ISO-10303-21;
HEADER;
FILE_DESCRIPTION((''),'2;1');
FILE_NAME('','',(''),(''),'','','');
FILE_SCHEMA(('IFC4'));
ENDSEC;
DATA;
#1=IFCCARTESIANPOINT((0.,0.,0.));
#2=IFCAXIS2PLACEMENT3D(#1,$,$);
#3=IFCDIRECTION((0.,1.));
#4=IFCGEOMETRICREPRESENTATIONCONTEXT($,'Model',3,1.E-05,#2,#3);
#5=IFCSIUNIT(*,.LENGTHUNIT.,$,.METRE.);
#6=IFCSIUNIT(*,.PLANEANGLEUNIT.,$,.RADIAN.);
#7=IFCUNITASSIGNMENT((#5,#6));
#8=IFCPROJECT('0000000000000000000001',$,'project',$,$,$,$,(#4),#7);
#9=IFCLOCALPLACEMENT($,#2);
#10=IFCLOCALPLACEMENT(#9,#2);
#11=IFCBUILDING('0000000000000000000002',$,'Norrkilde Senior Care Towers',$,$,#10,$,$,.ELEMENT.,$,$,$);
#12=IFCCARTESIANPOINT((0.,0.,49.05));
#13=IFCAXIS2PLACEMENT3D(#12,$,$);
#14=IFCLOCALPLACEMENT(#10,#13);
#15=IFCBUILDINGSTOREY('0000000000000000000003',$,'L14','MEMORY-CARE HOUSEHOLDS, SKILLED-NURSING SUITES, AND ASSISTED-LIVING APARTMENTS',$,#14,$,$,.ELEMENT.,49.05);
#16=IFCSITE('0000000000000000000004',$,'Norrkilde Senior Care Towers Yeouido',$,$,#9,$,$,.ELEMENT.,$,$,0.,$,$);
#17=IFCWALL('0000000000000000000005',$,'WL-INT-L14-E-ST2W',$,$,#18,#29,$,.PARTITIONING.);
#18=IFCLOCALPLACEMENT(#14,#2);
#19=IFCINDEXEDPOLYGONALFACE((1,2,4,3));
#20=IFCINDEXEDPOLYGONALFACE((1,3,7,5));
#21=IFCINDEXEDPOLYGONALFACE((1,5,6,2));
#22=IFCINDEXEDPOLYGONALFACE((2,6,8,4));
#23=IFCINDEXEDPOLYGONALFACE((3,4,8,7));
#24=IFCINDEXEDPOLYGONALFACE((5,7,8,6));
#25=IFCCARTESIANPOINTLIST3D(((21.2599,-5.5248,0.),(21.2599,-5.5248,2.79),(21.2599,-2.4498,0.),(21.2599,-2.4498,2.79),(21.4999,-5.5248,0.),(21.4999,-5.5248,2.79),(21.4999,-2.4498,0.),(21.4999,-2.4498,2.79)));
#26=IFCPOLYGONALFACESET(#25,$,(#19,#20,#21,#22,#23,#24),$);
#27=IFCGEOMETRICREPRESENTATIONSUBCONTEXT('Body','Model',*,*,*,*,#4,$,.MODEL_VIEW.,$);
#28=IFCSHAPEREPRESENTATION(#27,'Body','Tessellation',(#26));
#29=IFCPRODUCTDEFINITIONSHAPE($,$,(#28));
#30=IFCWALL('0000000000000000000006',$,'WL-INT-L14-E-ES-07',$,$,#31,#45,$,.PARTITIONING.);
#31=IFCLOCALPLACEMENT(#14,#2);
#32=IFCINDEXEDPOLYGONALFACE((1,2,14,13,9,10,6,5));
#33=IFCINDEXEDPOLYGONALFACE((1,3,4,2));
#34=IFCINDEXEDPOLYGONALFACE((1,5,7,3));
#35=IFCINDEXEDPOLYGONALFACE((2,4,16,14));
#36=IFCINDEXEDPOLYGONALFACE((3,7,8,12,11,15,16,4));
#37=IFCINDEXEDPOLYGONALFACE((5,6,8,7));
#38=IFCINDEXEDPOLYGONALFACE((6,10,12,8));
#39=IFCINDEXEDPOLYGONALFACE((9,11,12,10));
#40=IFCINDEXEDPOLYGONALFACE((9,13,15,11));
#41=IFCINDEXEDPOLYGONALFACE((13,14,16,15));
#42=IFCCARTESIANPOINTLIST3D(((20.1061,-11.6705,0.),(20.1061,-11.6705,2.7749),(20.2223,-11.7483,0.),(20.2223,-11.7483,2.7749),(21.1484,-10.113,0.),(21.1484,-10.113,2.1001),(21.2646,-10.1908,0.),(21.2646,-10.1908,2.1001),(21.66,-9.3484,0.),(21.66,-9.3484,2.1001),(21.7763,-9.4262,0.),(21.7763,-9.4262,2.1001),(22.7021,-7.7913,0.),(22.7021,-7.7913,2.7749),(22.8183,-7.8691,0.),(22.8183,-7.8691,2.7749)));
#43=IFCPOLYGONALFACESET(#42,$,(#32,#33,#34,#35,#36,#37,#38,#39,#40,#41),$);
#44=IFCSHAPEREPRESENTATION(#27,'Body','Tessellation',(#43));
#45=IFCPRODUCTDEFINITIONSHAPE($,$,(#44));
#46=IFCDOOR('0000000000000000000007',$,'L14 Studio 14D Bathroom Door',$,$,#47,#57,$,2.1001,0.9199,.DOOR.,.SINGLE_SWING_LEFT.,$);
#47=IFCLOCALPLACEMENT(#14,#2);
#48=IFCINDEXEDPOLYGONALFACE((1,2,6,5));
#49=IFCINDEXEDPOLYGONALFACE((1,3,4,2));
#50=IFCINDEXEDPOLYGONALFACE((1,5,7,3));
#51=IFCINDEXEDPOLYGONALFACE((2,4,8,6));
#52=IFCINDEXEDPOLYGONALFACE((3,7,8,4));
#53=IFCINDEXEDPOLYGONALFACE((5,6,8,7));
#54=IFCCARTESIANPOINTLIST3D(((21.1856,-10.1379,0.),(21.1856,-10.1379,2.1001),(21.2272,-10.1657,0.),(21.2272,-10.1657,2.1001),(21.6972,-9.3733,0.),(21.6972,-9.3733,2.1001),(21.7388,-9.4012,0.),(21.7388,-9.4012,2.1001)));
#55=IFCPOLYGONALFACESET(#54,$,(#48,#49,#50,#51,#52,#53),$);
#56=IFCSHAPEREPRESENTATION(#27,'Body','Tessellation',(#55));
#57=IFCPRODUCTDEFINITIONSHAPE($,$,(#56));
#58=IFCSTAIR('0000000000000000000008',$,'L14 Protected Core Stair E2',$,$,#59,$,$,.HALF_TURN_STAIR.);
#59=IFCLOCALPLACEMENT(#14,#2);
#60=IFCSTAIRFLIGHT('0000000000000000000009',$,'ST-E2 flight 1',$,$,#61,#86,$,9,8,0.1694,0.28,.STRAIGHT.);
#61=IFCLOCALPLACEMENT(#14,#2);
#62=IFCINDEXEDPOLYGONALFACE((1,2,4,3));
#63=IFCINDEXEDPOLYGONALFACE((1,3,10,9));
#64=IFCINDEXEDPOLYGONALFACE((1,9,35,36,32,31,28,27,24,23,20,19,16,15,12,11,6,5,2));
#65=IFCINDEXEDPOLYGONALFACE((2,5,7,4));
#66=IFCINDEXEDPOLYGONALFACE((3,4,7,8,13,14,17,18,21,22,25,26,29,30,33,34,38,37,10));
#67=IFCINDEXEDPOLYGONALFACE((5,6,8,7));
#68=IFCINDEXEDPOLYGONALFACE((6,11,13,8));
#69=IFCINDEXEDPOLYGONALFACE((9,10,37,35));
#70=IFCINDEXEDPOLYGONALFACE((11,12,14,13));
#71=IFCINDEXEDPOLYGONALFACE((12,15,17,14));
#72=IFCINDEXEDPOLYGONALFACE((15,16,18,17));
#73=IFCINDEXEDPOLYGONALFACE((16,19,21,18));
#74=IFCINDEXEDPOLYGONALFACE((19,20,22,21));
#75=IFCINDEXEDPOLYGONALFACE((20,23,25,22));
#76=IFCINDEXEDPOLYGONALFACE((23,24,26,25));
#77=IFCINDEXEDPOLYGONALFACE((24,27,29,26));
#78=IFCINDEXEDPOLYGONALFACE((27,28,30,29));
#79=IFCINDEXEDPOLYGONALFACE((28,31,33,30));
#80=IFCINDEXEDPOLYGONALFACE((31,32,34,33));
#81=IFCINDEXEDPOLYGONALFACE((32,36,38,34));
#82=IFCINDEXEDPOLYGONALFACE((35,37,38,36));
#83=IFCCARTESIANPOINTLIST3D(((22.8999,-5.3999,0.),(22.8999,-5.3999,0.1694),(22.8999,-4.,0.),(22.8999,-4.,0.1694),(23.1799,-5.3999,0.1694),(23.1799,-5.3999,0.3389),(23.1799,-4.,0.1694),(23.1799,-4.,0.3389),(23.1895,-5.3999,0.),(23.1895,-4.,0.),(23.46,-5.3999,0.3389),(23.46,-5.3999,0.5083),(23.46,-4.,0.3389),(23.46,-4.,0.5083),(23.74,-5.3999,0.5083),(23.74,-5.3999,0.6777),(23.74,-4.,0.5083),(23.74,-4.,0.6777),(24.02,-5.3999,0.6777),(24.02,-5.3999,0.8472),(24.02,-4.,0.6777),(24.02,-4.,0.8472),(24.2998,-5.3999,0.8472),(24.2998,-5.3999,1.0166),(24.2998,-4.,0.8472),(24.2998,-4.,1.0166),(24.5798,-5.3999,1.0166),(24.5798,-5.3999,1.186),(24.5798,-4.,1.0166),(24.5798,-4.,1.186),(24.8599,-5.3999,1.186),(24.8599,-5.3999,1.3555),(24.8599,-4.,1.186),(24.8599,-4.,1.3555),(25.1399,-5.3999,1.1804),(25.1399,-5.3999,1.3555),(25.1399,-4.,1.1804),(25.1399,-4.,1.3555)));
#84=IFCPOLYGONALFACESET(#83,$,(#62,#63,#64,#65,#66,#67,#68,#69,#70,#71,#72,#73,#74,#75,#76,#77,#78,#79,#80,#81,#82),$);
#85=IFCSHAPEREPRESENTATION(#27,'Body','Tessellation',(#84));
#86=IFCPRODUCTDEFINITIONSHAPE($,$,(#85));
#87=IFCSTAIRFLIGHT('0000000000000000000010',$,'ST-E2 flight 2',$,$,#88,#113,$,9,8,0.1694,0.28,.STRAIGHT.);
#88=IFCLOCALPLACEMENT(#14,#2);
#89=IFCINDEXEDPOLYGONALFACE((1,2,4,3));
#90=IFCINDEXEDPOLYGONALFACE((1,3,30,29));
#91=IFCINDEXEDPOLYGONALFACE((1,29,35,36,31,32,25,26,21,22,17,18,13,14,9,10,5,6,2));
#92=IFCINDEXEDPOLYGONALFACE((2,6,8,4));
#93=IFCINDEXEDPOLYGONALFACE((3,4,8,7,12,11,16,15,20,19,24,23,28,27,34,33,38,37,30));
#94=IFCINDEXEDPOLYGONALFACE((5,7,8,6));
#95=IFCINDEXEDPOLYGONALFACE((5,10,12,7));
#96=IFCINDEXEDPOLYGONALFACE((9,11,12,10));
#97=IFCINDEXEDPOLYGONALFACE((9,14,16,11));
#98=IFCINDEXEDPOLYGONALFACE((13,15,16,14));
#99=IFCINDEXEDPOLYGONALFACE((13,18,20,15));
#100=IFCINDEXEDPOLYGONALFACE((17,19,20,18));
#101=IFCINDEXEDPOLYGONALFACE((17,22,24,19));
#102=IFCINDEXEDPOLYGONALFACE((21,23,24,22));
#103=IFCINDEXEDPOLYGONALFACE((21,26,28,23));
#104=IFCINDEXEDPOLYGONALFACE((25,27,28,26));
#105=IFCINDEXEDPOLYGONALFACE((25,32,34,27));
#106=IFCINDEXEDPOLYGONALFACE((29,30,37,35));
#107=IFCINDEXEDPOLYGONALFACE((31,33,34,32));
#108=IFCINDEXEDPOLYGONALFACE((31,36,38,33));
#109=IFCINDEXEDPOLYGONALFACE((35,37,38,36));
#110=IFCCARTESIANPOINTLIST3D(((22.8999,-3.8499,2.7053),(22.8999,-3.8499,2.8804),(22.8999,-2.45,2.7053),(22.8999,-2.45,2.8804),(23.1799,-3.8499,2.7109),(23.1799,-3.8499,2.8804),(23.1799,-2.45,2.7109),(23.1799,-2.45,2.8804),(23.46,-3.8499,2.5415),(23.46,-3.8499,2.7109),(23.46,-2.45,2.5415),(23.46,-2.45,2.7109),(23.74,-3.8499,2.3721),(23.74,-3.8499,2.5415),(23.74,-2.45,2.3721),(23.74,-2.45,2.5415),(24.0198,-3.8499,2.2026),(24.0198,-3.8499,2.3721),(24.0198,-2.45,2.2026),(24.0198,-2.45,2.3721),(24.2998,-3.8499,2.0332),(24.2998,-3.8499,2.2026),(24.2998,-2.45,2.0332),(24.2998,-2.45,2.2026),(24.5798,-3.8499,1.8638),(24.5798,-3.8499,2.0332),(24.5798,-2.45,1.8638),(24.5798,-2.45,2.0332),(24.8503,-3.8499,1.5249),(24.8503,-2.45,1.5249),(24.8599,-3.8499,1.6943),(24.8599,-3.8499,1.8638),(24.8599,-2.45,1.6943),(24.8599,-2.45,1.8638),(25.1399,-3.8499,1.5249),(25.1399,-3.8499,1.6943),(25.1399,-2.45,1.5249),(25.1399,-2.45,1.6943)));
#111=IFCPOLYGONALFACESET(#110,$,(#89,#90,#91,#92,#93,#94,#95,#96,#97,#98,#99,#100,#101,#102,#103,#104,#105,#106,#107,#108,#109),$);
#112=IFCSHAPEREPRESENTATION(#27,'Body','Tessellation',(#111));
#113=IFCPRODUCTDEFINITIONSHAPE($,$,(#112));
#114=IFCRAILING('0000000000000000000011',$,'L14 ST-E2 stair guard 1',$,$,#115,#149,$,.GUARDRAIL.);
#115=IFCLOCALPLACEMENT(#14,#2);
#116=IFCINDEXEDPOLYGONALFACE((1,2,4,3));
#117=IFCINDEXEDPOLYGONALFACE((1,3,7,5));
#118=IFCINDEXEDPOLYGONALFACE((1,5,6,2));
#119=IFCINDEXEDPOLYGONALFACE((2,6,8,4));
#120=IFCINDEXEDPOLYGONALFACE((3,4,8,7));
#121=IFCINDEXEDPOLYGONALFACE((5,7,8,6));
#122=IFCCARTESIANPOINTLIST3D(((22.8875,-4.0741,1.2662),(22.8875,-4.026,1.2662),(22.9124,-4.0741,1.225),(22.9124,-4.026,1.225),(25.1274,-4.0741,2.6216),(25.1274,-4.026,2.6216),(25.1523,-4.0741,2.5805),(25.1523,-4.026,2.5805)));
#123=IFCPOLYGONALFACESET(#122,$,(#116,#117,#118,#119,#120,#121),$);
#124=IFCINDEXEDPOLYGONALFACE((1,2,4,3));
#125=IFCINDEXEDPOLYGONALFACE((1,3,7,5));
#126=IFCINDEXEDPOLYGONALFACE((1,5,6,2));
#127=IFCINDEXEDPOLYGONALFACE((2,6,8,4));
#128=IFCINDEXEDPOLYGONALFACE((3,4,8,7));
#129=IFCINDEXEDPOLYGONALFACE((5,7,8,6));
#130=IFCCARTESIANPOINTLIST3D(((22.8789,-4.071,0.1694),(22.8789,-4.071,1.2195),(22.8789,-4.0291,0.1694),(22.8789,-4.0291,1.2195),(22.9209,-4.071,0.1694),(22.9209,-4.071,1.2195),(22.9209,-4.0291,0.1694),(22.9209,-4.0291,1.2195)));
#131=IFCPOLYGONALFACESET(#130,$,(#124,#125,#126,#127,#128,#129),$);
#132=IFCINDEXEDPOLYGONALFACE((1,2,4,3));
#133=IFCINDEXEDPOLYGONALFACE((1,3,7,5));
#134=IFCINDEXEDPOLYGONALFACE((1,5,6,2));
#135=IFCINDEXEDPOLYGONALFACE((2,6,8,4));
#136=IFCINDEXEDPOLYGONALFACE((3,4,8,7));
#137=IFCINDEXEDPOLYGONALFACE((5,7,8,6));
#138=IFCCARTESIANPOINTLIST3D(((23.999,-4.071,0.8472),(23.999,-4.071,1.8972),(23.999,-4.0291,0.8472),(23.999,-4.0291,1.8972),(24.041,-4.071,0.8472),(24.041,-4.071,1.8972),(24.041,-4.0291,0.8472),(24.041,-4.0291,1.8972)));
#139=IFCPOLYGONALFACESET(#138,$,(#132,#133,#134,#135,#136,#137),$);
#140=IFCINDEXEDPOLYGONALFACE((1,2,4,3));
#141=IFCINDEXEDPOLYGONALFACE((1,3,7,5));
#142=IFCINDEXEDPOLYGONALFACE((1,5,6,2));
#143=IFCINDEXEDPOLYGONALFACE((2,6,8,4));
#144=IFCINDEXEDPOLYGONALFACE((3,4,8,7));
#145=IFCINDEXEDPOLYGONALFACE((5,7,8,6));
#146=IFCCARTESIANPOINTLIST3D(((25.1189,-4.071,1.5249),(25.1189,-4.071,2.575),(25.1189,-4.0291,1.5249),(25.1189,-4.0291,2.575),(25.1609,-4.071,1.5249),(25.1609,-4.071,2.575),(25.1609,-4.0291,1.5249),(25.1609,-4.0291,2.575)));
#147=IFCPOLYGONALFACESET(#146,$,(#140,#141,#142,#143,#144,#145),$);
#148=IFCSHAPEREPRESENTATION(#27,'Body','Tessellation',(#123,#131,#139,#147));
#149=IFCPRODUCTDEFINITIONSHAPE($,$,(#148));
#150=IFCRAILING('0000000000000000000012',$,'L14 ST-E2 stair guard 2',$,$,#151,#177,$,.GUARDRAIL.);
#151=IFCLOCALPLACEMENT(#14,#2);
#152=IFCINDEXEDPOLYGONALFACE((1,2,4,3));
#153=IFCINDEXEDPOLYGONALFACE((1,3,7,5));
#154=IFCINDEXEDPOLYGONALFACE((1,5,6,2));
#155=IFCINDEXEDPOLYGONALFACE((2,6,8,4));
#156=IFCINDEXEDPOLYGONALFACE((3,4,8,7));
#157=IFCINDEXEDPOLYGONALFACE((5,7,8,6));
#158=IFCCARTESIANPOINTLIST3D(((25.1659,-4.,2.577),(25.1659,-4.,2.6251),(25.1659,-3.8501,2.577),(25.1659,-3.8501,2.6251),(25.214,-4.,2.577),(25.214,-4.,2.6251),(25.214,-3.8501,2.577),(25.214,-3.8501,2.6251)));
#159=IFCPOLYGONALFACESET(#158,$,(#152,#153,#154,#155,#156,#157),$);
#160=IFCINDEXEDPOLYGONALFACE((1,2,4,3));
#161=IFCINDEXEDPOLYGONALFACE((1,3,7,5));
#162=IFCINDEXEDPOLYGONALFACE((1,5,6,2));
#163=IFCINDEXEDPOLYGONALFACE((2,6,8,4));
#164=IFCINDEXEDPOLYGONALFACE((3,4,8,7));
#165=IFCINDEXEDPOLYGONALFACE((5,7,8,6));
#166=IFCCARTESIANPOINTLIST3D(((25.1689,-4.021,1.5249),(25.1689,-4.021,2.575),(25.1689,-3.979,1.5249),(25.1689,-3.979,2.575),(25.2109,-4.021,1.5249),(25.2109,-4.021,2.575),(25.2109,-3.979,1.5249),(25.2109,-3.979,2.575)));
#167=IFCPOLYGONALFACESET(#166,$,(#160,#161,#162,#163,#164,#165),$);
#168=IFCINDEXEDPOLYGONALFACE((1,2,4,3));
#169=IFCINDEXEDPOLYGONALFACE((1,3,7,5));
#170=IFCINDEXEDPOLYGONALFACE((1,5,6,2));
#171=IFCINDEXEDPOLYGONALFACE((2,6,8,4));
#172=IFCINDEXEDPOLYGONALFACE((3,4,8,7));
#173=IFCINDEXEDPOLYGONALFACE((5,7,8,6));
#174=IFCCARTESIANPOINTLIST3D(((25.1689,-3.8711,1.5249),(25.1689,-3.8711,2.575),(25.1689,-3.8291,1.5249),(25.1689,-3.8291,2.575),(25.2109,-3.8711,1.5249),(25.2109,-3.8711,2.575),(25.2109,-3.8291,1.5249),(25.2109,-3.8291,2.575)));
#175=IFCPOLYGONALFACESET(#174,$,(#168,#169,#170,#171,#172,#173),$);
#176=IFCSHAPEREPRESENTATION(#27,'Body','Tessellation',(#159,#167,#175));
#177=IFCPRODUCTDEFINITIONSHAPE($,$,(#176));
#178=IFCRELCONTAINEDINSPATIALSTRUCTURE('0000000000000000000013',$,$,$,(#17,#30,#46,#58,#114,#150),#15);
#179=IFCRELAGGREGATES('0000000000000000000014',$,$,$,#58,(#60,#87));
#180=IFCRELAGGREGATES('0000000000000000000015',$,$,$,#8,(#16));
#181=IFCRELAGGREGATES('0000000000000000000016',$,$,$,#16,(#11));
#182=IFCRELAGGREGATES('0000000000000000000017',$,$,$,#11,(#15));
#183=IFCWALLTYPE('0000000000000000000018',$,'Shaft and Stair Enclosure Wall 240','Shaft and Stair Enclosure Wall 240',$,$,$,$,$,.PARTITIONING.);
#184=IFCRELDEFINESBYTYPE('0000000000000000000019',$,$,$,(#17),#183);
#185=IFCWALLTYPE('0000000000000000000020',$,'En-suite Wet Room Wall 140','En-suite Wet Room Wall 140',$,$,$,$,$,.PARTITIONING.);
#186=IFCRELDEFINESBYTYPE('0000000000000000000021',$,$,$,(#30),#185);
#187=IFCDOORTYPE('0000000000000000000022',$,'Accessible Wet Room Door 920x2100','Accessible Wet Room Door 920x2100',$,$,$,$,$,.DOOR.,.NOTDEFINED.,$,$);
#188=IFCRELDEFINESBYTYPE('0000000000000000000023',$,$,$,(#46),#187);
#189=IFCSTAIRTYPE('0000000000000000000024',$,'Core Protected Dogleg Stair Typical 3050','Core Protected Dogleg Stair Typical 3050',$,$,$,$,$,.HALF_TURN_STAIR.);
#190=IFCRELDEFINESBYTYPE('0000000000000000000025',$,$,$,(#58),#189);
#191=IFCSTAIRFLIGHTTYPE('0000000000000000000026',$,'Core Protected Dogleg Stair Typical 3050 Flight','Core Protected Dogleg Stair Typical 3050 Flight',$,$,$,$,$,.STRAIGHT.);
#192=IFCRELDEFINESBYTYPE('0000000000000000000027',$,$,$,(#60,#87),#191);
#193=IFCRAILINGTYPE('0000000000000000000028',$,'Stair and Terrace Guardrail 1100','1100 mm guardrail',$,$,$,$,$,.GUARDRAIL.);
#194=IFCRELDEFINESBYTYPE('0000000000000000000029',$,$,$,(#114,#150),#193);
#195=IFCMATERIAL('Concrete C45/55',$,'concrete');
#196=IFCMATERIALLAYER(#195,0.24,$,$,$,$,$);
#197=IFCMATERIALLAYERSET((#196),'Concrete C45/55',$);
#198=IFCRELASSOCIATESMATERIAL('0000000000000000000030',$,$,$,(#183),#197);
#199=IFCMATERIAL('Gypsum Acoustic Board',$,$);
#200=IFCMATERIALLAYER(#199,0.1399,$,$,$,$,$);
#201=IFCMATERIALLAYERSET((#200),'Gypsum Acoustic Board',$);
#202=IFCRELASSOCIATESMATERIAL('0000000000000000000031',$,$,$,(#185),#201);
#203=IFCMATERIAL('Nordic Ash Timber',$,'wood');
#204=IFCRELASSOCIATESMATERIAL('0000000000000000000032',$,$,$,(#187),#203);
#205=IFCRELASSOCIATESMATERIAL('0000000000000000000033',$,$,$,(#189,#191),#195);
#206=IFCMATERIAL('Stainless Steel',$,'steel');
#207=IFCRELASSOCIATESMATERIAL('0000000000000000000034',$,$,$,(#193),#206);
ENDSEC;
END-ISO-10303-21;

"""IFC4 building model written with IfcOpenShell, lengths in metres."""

from ifc_helpers import new_model, si_unit, direction, frame, frame_2d, origin, origin_2d, place, context, subcontext, project, spatial, polyline, rectangle, outline, extrude, source, transform, mapped, material, layer, layer_set, type_object, type_shapes, element, fill, aggregate, save


model = new_model("IFC4")

# Units and contexts
model_context = context("Model", 3, precision=1e-05, world=origin(), true_north=direction((0.0, 1.0)))
body_context = subcontext(model_context, "Body", "Model", "MODEL_VIEW")
ifc_project = project(units=[si_unit("LENGTHUNIT", "METRE"), si_unit("PLANEANGLEUNIT", "RADIAN")], contexts=[model_context])

# Site, building, storey
site_placement = place(None, origin())
site = spatial("IfcSite", under=ifc_project, at=site_placement, Name="Norrkilde Senior Care Towers Yeouido", CompositionType="ELEMENT", RefElevation=0.0)
building_placement = place(site_placement, origin())
building = spatial("IfcBuilding", under=site, at=building_placement, Name="Norrkilde Senior Care Towers", CompositionType="ELEMENT")
storey_placement = place(building_placement, frame((0.0, 0.0, 49.05)))
storey = spatial("IfcBuildingStorey", under=building, at=storey_placement, Name="L14", Description="MEMORY-CARE HOUSEHOLDS, SKILLED-NURSING SUITES, AND ASSISTED-LIVING APARTMENTS", CompositionType="ELEMENT", Elevation=49.05)

# Shared definitions
ifc_material_1 = material(Name="Gypsum Acoustic Board")

# Shared definitions
ifc_material_2 = material(Name="Concrete C45/55", Category="concrete")
ifc_layer_1 = layer(ifc_material_2, 0.24)
ifc_layer_set_1 = layer_set([ifc_layer_1], Name="Concrete C45/55")
wall_type_1 = type_object("IfcWallType", Name="Shaft and Stair Enclosure Wall 240", Description="Shaft and Stair Enclosure Wall 240", PredefinedType="PARTITIONING", material=ifc_layer_set_1)

# Wall
shared_shape_1 = source(origin(), body_context, "Body", "SweptSolid", [
    extrude(rectangle(XDim=3.075, YDim=0.24, at=frame_2d((1.5376, 0.0))), origin(), (0.0, 0.0, 1.0), 2.79),
])
wall_1_placement = place(storey_placement, frame((21.3799, -5.5249, 0.0), z_axis=(0.0, 0.0, 1.0), x_axis=(0.0, 1.0, 0.0)))
element("IfcWall", 1, at=wall_1_placement, inside=storey, type_object=wall_type_1, Name="WL-INT-L14-E-ST2W", PredefinedType="PARTITIONING", context=body_context, shape_type="MappedRepresentation", body=[
    mapped(shared_shape_1, transform((0.0, 0.0, 0.0), x_axis=(1.0, 0.0, 0.0), y_axis=(0.0, 1.0, 0.0), z_axis=(0.0, 0.0, 1.0), scale=1.0)),
])

# Wall, opening, door
ifc_layer_2 = layer(ifc_material_1, 0.1399)
ifc_layer_set_2 = layer_set([ifc_layer_2], Name="Gypsum Acoustic Board")
wall_type_2 = type_object("IfcWallType", Name="En-suite Wet Room Wall 140", Description="En-suite Wet Room Wall 140", PredefinedType="PARTITIONING", material=ifc_layer_set_2)
shared_shape_2 = source(origin(), body_context, "Body", "SweptSolid", [
    extrude(rectangle(XDim=4.6677, YDim=0.1399, at=frame_2d((2.334, 0.0))), origin(), (0.0, 0.0, 1.0), 2.7749),
])
type_shapes(wall_type_2, [shared_shape_2])
wall_2_placement = place(storey_placement, frame((22.7603, -7.8301, 0.0), z_axis=(0.0, 0.0, 1.0), x_axis=(-0.55616, -0.831075, 0.0)))
wall_2 = element("IfcWall", 2, at=wall_2_placement, inside=storey, type_object=wall_type_2, Name="WL-INT-L14-E-ES-07", PredefinedType="PARTITIONING", context=body_context, shape_type="MappedRepresentation", body=[
    mapped(shared_shape_2, transform((0.0, 0.0, 0.0), x_axis=(1.0, 0.0, 0.0), y_axis=(0.0, 1.0, 0.0), z_axis=(0.0, 0.0, 1.0), scale=1.0)),
])
opening_1_placement = place(wall_2_placement, frame((1.8738, 0.0, 0.0)))
opening_1 = element("IfcOpeningElement", 3, at=opening_1_placement, cuts=wall_2, PredefinedType="OPENING", context=body_context, shape_type="SweptSolid", body=[
    extrude(rectangle(XDim=0.9199, YDim=2.1001, at=frame_2d((0.46, 1.05))), frame((0.0, 0.0798, 0.0), z_axis=(0.0, -1.0, 0.0), x_axis=(1.0, 0.0, 0.0)), (0.0, 0.0, 1.0), 0.1599),
])
ifc_material_3 = material(Name="Nordic Ash Timber", Category="wood")
door_type_1 = type_object("IfcDoorType", Name="Accessible Wet Room Door 920x2100", Description="Accessible Wet Room Door 920x2100", OperationType="NOTDEFINED", PredefinedType="DOOR", material=ifc_material_3)
shared_shape_3 = source(origin(), body_context, "Body", "SweptSolid", [
    extrude(rectangle(XDim=0.9199, YDim=2.1001, at=frame_2d((0.46, 1.05))), frame((0.0, 0.0249, 0.0), z_axis=(0.0, -1.0, 0.0), x_axis=(1.0, 0.0, 0.0)), (0.0, 0.0, 1.0), 0.05),
])
type_shapes(door_type_1, [shared_shape_3])
door_1_placement = place(opening_1_placement, origin())
door_1 = element("IfcDoor", 4, at=door_1_placement, inside=storey, type_object=door_type_1, Name="L14 Studio 14D Bathroom Door", OperationType="SINGLE_SWING_LEFT", OverallHeight=2.1001, OverallWidth=0.9199, PredefinedType="DOOR", context=body_context, shape_type="MappedRepresentation", body=[
    mapped(shared_shape_3, transform((0.0, 0.0, 0.0), x_axis=(1.0, 0.0, 0.0), y_axis=(0.0, 1.0, 0.0), z_axis=(0.0, 0.0, 1.0), scale=1.0)),
])
fill(opening_1, door_1)

# Stair, stair flights
stair_type = type_object("IfcStairType", Name="Core Protected Dogleg Stair Typical 3050", Description="Core Protected Dogleg Stair Typical 3050", PredefinedType="HALF_TURN_STAIR", material=ifc_material_2)
stair_placement = place(storey_placement, origin())
stair = element("IfcStair", 5, at=stair_placement, inside=storey, type_object=stair_type, Name="L14 Protected Core Stair E2", PredefinedType="HALF_TURN_STAIR")
stair_flight_type = type_object("IfcStairFlightType", Name="Core Protected Dogleg Stair Typical 3050 Flight", Description="Core Protected Dogleg Stair Typical 3050 Flight", PredefinedType="STRAIGHT", material=ifc_material_2)
stair_flight_1_placement = place(storey_placement, frame((22.8999, -4.7, 0.0), z_axis=(0.0, 0.0, 1.0), x_axis=(1.0, 0.0, 0.0)))
stair_flight_1 = element("IfcStairFlight", 6, at=stair_flight_1_placement, type_object=stair_flight_type, Name="ST-E2 flight 1", NumberOfRisers=9, NumberOfTreads=8, PredefinedType="STRAIGHT", RiserHeight=0.1694, TreadLength=0.28, context=body_context, shape_type="SweptSolid", body=[
    extrude(outline(polyline([(0.0, 0.0), (0.0, 0.1694), (0.28, 0.1694), (0.28, 0.3389), (0.5601, 0.3389), (0.5601, 0.5083), (0.8401, 0.5083), (0.8401, 0.6777), (1.1201, 0.6777), (1.1201, 0.8472), (1.3999, 0.8472), (1.3999, 1.0166), (1.6799, 1.0166), (1.6799, 1.186), (1.96, 1.186), (1.96, 1.3555), (2.24, 1.3555), (2.24, 1.5249), (2.24, 1.1804), (0.2896, 0.0), (0.0, 0.0)])), frame((0.0, 0.7, 0.0), z_axis=(0.0, -1.0, 0.0), x_axis=(1.0, 0.0, 0.0)), (0.0, 0.0, 1.0), 1.3999),
])
stair_flight_2_placement = place(storey_placement, frame((25.1399, -3.1499, 1.5249), z_axis=(0.0, 0.0, 1.0), x_axis=(-1.0, 0.0, 0.0)))
stair_flight_2 = element("IfcStairFlight", 7, at=stair_flight_2_placement, type_object=stair_flight_type, Name="ST-E2 flight 2", NumberOfRisers=9, NumberOfTreads=8, PredefinedType="STRAIGHT", RiserHeight=0.1694, TreadLength=0.28, context=body_context, shape_type="SweptSolid", body=[
    extrude(outline(polyline([(0.0, 0.0), (0.0, 0.1694), (0.28, 0.1694), (0.28, 0.3389), (0.5601, 0.3389), (0.5601, 0.5083), (0.8401, 0.5083), (0.8401, 0.6777), (1.1201, 0.6777), (1.1201, 0.8472), (1.3999, 0.8472), (1.3999, 1.0166), (1.6799, 1.0166), (1.6799, 1.186), (1.96, 1.186), (1.96, 1.3555), (2.24, 1.3555), (2.24, 1.5249), (2.24, 1.1804), (0.2896, 0.0), (0.0, 0.0)])), frame((0.0, 0.7, 0.0), z_axis=(0.0, -1.0, 0.0), x_axis=(1.0, 0.0, 0.0)), (0.0, 0.0, 1.0), 1.3999),
])
aggregate(stair, [stair_flight_1, stair_flight_2])

# Railings
ifc_material_4 = material(Name="Stainless Steel", Category="steel")
railing_type_1 = type_object("IfcRailingType", Name="Stair and Terrace Guardrail 1100", Description="1100 mm guardrail", PredefinedType="GUARDRAIL", material=ifc_material_4)
railing_1_placement = place(storey_placement, frame((22.8999, -4.05, 0.1694)))
element("IfcRailing", 8, at=railing_1_placement, inside=storey, type_object=railing_type_1, Name="L14 ST-E2 stair guard 1", PredefinedType="GUARDRAIL", context=body_context, shape_type="SweptSolid", body=[
    extrude(rectangle(XDim=0.0481, YDim=0.0481, at=origin_2d()), frame((0.0, 0.0, 1.0762), z_axis=(0.855553, 0.0, 0.517715), x_axis=(0.0, 1.0, 0.0)), (0.0, 0.0, 1.0), 2.6182),
    extrude(rectangle(XDim=0.042, YDim=0.042, at=origin_2d()), origin(), (0.0, 0.0, 1.0), 1.05),
    extrude(rectangle(XDim=0.042, YDim=0.042, at=origin_2d()), frame((1.1201, 0.0, 0.6777)), (0.0, 0.0, 1.0), 1.05),
    extrude(rectangle(XDim=0.042, YDim=0.042, at=origin_2d()), frame((2.24, 0.0, 1.3555)), (0.0, 0.0, 1.0), 1.05),
])
railing_2_placement = place(storey_placement, frame((25.1899, -4.0, 1.5249)))
element("IfcRailing", 9, at=railing_2_placement, inside=storey, type_object=railing_type_1, Name="L14 ST-E2 stair guard 2", PredefinedType="GUARDRAIL", context=body_context, shape_type="SweptSolid", body=[
    extrude(rectangle(XDim=0.0481, YDim=0.0481, at=origin_2d()), frame((0.0, 0.0, 1.0762), z_axis=(0.0, 1.0, 0.0), x_axis=(-1.0, 0.0, 0.0)), (0.0, 0.0, 1.0), 0.1499),
    extrude(rectangle(XDim=0.042, YDim=0.042, at=origin_2d()), origin(), (0.0, 0.0, 1.0), 1.05),
    extrude(rectangle(XDim=0.042, YDim=0.042, at=origin_2d()), frame((0.0, 0.1499, 0.0)), (0.0, 0.0, 1.0), 1.05),
])

save(model, "model.ifc")
